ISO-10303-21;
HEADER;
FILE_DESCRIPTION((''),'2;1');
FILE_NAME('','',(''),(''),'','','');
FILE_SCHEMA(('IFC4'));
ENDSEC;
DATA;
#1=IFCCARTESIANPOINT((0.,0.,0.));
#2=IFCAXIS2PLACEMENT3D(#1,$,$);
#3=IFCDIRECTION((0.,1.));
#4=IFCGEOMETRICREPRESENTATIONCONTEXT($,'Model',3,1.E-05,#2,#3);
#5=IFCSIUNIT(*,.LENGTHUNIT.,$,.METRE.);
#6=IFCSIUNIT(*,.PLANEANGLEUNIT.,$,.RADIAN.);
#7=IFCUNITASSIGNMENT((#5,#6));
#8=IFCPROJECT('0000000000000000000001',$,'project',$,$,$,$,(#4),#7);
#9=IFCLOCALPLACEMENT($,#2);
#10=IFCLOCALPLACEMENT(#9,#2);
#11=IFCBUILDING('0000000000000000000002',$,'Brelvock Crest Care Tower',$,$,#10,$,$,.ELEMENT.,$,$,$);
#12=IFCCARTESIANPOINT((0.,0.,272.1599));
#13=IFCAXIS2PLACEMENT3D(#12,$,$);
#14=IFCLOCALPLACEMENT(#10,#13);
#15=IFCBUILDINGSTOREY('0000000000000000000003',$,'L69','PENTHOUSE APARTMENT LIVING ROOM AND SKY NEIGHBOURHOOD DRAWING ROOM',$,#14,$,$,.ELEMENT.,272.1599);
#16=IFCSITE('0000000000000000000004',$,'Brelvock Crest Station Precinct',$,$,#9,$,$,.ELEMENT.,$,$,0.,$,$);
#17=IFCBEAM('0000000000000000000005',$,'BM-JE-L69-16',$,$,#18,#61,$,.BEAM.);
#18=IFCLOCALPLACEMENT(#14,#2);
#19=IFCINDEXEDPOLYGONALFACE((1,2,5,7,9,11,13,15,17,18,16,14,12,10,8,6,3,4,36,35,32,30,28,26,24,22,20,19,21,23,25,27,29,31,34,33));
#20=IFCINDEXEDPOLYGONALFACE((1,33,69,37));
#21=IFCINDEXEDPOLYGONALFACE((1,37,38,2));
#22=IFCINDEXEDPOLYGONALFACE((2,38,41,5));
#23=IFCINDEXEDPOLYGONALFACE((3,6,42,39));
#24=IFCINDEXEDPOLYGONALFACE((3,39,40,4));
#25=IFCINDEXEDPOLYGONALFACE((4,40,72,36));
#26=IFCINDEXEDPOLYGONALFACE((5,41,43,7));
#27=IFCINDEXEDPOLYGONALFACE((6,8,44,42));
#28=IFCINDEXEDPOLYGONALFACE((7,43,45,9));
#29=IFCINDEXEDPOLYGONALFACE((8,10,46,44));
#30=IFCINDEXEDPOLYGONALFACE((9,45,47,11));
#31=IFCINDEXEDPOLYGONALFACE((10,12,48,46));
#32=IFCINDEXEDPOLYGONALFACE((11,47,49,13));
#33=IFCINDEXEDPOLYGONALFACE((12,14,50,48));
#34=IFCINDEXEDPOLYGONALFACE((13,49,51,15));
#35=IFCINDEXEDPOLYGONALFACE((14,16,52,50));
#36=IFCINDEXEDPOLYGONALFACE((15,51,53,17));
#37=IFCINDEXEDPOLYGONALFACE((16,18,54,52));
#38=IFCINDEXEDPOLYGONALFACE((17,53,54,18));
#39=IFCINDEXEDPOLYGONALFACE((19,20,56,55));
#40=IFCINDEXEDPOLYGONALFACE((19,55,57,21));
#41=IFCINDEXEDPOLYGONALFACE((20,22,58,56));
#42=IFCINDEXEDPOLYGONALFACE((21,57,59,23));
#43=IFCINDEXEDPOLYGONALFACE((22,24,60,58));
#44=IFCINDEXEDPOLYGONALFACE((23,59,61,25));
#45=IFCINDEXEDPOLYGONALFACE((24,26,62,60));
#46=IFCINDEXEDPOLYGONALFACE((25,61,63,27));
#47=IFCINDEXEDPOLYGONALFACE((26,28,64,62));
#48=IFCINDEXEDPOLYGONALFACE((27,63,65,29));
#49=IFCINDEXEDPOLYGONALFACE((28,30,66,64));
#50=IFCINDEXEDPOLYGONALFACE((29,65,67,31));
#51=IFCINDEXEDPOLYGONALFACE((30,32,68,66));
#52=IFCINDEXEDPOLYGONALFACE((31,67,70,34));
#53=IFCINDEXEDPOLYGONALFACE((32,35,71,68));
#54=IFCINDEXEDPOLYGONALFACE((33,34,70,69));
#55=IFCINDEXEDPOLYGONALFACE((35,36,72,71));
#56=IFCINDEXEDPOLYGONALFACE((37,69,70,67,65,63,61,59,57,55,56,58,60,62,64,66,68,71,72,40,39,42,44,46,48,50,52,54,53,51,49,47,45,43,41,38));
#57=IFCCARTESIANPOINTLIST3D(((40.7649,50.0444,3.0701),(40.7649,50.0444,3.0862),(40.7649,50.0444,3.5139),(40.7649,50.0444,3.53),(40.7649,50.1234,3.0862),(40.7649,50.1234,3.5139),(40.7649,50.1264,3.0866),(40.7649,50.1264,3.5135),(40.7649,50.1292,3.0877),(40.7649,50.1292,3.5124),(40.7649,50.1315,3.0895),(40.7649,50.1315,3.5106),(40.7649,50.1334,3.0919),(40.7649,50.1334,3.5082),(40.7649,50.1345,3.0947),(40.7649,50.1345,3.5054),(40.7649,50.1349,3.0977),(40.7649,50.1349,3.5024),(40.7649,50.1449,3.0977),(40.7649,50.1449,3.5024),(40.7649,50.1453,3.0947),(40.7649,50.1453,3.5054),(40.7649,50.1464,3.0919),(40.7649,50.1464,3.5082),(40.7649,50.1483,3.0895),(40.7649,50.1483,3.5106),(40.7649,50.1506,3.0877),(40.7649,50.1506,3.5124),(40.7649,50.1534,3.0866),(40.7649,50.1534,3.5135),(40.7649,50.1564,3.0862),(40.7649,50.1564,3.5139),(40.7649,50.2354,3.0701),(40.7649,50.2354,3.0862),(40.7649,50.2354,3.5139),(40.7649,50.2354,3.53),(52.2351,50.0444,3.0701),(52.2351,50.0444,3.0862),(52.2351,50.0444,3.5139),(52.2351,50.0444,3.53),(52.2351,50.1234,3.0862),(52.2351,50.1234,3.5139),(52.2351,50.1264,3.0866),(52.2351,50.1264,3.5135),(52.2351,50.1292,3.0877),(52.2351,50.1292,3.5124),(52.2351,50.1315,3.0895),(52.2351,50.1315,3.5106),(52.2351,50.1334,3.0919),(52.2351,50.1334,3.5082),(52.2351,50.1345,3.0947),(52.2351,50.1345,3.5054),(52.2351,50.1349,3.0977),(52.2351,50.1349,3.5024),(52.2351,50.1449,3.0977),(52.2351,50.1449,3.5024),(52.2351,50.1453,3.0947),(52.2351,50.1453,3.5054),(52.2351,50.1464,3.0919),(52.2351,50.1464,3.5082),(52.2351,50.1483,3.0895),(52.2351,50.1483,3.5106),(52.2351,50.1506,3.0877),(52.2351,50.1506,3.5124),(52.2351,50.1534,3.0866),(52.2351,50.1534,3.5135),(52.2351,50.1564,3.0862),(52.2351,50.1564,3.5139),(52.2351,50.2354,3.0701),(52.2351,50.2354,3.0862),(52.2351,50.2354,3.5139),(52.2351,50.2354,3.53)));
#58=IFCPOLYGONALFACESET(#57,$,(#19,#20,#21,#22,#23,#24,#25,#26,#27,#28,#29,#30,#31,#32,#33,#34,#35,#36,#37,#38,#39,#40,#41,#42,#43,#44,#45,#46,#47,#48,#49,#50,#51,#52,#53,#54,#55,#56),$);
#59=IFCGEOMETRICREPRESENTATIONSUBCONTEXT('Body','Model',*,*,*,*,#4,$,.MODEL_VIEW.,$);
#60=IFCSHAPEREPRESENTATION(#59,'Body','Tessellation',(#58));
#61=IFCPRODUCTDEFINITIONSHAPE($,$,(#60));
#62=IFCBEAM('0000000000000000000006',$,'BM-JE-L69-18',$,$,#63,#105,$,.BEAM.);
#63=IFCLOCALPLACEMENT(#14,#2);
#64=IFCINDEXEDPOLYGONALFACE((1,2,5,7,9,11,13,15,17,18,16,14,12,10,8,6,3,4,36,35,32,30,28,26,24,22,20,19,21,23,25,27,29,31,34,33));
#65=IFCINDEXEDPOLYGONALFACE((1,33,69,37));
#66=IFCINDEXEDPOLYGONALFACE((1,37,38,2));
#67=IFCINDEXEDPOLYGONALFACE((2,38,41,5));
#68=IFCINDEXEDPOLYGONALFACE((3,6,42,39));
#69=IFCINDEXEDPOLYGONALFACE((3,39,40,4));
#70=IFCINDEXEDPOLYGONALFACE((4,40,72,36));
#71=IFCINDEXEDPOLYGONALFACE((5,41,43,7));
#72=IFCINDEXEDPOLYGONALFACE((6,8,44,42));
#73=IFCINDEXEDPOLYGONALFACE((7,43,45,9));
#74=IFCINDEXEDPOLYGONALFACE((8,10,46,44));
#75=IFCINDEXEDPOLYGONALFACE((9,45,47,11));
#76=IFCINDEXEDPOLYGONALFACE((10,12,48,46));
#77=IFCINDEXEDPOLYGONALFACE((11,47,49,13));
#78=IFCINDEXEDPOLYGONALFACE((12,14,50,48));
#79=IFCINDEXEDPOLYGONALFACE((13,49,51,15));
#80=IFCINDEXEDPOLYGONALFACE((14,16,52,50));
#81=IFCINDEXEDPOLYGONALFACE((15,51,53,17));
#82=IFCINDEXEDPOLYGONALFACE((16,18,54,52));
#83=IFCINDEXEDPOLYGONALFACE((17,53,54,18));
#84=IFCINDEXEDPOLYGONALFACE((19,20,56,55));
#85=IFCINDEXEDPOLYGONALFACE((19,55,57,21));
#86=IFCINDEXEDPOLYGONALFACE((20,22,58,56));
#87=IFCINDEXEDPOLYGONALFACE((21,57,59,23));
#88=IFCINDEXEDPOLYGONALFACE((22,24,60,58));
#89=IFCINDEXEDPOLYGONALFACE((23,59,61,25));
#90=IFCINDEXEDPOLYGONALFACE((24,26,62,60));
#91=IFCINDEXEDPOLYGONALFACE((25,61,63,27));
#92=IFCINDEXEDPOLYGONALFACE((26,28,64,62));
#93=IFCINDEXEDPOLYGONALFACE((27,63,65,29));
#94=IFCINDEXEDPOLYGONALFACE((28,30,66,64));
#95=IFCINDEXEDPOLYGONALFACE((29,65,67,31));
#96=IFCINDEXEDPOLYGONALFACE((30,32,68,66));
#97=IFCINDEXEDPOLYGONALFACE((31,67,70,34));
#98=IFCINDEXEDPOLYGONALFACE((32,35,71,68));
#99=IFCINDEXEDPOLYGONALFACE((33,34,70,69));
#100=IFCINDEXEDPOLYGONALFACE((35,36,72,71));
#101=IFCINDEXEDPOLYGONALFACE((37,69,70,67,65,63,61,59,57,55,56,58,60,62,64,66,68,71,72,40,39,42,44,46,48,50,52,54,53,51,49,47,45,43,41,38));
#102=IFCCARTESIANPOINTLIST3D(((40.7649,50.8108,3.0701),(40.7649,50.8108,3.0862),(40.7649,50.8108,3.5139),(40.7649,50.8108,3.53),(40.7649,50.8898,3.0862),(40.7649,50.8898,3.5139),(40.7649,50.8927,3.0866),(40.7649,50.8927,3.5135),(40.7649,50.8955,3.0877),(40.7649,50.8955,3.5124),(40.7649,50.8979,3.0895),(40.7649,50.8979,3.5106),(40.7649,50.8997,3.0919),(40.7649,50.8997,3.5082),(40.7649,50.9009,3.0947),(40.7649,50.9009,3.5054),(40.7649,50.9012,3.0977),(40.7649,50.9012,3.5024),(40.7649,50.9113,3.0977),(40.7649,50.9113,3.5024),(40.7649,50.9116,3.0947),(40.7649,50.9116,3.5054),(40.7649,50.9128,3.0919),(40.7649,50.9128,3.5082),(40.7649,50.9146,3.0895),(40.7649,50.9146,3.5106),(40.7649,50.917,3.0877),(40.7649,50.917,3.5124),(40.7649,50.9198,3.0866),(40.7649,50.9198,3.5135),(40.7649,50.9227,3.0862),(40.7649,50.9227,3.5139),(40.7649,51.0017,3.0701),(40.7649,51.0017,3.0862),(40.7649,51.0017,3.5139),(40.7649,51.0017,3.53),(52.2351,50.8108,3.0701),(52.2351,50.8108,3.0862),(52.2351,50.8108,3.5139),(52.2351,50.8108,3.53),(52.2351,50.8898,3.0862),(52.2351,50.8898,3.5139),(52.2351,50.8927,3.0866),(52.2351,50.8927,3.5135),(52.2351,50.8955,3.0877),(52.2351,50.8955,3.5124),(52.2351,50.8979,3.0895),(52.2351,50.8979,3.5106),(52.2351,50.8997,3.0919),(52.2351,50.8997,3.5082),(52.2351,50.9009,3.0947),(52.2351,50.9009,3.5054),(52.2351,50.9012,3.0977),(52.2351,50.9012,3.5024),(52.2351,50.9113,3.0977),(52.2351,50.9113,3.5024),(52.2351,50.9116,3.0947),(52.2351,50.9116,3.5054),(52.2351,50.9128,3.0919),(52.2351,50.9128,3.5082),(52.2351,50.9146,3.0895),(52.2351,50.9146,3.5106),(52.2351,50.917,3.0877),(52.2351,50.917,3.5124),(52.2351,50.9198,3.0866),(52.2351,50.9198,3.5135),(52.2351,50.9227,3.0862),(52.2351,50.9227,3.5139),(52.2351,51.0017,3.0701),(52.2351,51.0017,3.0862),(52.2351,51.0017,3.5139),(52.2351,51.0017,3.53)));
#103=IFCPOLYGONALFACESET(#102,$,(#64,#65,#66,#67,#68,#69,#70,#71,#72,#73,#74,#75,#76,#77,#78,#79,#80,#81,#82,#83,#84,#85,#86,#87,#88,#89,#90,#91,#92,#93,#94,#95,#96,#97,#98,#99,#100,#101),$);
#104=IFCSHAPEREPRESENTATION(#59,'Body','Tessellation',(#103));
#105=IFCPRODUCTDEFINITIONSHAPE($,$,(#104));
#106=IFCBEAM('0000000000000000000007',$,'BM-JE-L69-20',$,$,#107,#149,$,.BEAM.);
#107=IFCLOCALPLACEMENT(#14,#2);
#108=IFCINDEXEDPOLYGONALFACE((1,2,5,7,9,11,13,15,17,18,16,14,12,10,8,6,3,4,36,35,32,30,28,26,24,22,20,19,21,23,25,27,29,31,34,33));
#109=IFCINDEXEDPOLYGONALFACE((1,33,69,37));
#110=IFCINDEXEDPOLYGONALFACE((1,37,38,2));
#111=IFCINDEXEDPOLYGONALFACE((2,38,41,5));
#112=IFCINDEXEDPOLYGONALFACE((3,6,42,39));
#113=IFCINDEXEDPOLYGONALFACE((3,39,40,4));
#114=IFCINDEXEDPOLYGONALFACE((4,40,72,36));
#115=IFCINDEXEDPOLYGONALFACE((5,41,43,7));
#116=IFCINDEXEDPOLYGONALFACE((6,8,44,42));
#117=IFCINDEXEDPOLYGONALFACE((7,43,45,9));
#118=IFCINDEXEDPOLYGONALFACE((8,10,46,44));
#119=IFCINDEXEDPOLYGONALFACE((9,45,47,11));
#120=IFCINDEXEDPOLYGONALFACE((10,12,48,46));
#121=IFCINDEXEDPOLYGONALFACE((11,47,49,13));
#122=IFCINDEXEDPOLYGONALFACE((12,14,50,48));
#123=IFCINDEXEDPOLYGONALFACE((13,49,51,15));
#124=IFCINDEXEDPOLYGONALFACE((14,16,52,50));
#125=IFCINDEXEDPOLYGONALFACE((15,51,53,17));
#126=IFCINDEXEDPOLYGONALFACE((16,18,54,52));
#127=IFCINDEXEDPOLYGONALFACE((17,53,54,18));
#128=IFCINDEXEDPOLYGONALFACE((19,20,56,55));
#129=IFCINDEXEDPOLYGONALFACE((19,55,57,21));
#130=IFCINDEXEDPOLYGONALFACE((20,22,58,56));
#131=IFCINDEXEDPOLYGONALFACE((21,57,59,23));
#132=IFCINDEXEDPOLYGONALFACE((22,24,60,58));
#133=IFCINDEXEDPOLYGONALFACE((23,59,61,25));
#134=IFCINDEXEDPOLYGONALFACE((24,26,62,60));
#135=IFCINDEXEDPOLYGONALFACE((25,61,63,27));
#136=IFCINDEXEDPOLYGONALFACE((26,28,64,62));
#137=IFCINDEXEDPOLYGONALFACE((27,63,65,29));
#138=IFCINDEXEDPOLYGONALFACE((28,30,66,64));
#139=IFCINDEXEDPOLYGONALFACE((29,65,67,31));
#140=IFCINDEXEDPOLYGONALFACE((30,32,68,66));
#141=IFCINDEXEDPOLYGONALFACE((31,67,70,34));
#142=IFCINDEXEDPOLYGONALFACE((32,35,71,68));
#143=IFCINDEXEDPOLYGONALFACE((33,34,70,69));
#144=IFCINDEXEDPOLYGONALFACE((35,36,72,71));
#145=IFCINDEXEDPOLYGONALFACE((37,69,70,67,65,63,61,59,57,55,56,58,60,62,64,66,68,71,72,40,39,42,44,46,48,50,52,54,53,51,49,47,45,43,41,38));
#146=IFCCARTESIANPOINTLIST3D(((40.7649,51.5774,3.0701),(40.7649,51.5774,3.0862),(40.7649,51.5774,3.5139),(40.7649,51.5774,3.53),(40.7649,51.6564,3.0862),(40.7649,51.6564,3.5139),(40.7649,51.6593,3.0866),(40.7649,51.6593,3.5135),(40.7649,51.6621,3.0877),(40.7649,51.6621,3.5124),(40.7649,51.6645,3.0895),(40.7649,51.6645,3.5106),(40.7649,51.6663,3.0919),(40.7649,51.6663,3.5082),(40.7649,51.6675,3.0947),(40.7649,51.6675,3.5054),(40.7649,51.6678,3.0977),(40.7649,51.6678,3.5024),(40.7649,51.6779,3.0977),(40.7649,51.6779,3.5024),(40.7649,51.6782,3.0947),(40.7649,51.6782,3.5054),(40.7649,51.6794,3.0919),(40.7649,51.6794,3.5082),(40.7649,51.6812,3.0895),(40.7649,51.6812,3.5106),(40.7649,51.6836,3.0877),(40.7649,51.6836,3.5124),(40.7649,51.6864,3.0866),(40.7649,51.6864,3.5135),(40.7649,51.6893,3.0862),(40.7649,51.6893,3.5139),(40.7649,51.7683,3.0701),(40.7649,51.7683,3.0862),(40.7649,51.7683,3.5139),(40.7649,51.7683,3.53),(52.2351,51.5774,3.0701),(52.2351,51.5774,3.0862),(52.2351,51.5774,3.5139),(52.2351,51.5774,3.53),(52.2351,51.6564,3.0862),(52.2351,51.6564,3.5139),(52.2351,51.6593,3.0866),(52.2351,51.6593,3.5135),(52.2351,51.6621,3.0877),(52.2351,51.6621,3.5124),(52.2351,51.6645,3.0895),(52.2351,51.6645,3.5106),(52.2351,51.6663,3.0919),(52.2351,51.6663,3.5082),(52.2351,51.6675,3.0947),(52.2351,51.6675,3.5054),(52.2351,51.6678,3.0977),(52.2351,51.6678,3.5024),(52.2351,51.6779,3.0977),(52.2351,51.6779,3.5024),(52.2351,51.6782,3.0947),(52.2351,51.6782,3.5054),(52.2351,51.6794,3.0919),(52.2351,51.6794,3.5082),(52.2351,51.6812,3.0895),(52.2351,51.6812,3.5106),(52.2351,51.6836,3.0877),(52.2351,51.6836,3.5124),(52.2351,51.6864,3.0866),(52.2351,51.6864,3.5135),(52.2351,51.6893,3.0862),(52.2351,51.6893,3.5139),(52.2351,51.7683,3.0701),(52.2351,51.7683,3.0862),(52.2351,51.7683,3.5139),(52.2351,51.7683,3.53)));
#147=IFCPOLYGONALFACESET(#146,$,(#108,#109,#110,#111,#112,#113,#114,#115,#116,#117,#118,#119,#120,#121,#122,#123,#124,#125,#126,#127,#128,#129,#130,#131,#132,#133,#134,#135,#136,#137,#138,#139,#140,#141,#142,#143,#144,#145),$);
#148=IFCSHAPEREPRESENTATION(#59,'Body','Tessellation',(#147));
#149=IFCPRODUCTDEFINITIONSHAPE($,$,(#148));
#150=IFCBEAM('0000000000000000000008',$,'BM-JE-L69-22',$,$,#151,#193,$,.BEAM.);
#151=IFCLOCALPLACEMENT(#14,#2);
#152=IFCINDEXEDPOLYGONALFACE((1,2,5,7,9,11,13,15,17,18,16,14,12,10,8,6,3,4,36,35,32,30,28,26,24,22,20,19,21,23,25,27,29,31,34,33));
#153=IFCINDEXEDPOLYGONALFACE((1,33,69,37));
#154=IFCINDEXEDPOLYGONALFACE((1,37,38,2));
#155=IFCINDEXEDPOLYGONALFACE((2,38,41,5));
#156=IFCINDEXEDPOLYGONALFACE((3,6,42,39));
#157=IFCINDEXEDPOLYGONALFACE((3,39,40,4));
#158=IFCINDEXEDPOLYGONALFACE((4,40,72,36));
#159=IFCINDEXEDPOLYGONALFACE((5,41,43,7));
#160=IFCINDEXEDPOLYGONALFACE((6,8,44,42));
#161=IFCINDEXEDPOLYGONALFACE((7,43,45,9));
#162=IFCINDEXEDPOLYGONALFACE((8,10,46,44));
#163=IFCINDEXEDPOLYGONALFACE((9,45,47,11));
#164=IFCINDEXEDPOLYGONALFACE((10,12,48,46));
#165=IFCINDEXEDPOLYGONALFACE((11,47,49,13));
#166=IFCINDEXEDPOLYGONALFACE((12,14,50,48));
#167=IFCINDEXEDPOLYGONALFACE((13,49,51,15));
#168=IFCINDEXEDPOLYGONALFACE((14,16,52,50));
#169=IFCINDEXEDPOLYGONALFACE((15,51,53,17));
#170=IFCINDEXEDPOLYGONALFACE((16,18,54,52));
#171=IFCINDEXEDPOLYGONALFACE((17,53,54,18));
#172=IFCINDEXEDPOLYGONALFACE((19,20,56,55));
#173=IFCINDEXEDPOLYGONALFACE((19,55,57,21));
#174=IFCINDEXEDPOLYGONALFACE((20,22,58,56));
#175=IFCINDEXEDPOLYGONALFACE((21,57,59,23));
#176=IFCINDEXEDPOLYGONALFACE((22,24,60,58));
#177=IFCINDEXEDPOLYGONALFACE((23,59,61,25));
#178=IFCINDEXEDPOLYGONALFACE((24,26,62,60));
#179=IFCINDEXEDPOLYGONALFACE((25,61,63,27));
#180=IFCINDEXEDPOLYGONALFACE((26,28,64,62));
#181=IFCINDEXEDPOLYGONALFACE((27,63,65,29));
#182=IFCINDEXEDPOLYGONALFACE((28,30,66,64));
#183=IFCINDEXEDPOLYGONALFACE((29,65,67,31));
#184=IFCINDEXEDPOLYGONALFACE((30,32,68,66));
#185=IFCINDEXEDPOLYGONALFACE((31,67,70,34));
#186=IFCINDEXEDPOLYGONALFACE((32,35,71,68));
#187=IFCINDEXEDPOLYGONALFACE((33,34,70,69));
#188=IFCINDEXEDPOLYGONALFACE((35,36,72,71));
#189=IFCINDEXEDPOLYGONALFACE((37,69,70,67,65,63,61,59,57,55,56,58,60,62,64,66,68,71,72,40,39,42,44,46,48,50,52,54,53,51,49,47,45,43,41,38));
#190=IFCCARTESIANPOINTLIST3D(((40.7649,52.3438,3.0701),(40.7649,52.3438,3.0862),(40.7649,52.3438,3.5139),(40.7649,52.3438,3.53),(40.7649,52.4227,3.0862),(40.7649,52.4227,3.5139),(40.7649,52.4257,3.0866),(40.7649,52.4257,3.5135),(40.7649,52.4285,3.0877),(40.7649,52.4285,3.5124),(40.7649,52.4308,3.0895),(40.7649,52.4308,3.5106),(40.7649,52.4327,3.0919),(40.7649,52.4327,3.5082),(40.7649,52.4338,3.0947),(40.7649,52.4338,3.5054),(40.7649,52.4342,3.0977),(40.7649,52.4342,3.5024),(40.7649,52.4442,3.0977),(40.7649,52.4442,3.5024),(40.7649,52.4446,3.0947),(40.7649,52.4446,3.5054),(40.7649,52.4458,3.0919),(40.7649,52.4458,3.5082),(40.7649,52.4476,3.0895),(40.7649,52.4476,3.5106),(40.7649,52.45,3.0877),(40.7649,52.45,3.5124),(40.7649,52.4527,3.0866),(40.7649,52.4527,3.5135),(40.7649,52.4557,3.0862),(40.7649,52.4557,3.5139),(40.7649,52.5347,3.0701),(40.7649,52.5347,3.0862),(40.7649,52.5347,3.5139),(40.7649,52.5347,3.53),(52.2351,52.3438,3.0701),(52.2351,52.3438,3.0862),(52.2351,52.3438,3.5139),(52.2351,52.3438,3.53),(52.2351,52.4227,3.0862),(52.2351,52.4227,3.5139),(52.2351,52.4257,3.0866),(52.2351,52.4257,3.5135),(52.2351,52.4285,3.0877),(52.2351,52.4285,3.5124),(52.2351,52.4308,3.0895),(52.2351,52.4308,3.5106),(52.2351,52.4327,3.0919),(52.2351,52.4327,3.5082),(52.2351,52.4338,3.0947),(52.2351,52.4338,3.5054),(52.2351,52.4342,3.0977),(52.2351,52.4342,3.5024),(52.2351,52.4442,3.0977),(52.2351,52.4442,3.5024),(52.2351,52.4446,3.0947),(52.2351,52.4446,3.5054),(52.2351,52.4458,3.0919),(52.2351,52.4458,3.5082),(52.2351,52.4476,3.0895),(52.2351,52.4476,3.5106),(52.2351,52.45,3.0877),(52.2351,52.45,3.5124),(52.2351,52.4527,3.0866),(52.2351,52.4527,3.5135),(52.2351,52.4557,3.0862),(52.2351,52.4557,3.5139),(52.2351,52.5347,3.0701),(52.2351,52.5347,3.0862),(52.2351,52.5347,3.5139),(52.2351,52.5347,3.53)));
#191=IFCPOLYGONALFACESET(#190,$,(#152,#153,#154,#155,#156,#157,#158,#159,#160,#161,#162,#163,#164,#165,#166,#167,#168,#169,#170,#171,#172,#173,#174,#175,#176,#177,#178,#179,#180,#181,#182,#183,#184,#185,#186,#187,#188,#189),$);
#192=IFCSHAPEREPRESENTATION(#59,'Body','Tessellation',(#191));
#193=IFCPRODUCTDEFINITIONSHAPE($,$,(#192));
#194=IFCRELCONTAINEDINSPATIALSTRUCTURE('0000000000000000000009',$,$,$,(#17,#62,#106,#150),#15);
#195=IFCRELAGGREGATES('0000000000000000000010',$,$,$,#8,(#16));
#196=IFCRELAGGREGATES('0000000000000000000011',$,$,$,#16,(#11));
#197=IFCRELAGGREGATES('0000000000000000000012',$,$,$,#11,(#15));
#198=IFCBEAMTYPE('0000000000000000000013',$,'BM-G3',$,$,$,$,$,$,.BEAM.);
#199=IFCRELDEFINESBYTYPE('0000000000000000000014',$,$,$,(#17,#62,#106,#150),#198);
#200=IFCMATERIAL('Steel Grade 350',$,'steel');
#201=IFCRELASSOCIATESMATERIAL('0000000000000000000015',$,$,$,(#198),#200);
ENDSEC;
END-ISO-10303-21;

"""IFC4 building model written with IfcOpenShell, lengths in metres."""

from ifc_helpers import new_model, si_unit, direction, frame, origin, origin_2d, place, context, subcontext, project, spatial, i_section, extrude, source, transform, mapped, material, material_profile, profile_set, type_object, element, save


model = new_model("IFC4")

# Units and contexts
model_context = context("Model", 3, precision=1e-05, world=origin(), true_north=direction((0.0, 1.0)))
body_context = subcontext(model_context, "Body", "Model", "MODEL_VIEW")
ifc_project = project(units=[si_unit("LENGTHUNIT", "METRE"), si_unit("PLANEANGLEUNIT", "RADIAN")], contexts=[model_context])

# Site, building, storey
site_placement = place(None, origin())
site = spatial("IfcSite", under=ifc_project, at=site_placement, Name="Brelvock Crest Station Precinct", CompositionType="ELEMENT", RefElevation=0.0)
building_placement = place(site_placement, origin())
building = spatial("IfcBuilding", under=site, at=building_placement, Name="Brelvock Crest Care Tower", CompositionType="ELEMENT")
storey_placement = place(building_placement, frame((0.0, 0.0, 272.1599)))
storey = spatial("IfcBuildingStorey", under=building, at=storey_placement, Name="L69", Description="PENTHOUSE APARTMENT LIVING ROOM AND SKY NEIGHBOURHOOD DRAWING ROOM", CompositionType="ELEMENT", Elevation=272.1599)

# Beams
ifc_material_1 = material(Name="Steel Grade 350", Category="steel")
ifc_material_profile_1 = material_profile(ifc_material_1, i_section(OverallWidth=0.1909, OverallDepth=0.46, WebThickness=0.01, FlangeThickness=0.0161, FilletRadius=0.0115, at=origin_2d()), Name="460UB82.1")
ifc_profile_set_1 = profile_set([ifc_material_profile_1], Name="Steel Grade 350")
beam_type_1 = type_object("IfcBeamType", Name="BM-G3", PredefinedType="BEAM", material=ifc_profile_set_1)
shared_shape_1 = source(origin(), body_context, "Body", "SweptSolid", [
    extrude(i_section(OverallWidth=0.1909, OverallDepth=0.46, WebThickness=0.01, FlangeThickness=0.0161, FilletRadius=0.0115, at=origin_2d()), origin(), (0.0, 0.0, 1.0), 11.4702),
])
for number, where, z_axis, x_axis, name in (
    (1, (40.7649, 50.1399, 3.3), (1.0, 0.0, 0.0), (0.0, 1.0, 0.0), "BM-JE-L69-16"),
    (2, (40.7649, 50.9062, 3.3), (1.0, 0.0, 0.0), (0.0, 1.0, 0.0), "BM-JE-L69-18"),
    (3, (40.7649, 51.6729, 3.3), (1.0, 0.0, 0.0), (0.0, 1.0, 0.0), "BM-JE-L69-20"),
    (4, (40.7649, 52.4392, 3.3), (1.0, 0.0, 0.0), (0.0, 1.0, 0.0), "BM-JE-L69-22"),
):
    element("IfcBeam", number, at=place(storey_placement, frame(where, z_axis=z_axis, x_axis=x_axis)), inside=storey, type_object=beam_type_1, Name=name, PredefinedType="BEAM", context=body_context, shape_type="MappedRepresentation", body=[
        mapped(shared_shape_1, transform((0.0, 0.0, 0.0), x_axis=(1.0, 0.0, 0.0), y_axis=(0.0, 1.0, 0.0), z_axis=(0.0, 0.0, 1.0), scale=1.0)),
    ])

save(model, "model.ifc")
